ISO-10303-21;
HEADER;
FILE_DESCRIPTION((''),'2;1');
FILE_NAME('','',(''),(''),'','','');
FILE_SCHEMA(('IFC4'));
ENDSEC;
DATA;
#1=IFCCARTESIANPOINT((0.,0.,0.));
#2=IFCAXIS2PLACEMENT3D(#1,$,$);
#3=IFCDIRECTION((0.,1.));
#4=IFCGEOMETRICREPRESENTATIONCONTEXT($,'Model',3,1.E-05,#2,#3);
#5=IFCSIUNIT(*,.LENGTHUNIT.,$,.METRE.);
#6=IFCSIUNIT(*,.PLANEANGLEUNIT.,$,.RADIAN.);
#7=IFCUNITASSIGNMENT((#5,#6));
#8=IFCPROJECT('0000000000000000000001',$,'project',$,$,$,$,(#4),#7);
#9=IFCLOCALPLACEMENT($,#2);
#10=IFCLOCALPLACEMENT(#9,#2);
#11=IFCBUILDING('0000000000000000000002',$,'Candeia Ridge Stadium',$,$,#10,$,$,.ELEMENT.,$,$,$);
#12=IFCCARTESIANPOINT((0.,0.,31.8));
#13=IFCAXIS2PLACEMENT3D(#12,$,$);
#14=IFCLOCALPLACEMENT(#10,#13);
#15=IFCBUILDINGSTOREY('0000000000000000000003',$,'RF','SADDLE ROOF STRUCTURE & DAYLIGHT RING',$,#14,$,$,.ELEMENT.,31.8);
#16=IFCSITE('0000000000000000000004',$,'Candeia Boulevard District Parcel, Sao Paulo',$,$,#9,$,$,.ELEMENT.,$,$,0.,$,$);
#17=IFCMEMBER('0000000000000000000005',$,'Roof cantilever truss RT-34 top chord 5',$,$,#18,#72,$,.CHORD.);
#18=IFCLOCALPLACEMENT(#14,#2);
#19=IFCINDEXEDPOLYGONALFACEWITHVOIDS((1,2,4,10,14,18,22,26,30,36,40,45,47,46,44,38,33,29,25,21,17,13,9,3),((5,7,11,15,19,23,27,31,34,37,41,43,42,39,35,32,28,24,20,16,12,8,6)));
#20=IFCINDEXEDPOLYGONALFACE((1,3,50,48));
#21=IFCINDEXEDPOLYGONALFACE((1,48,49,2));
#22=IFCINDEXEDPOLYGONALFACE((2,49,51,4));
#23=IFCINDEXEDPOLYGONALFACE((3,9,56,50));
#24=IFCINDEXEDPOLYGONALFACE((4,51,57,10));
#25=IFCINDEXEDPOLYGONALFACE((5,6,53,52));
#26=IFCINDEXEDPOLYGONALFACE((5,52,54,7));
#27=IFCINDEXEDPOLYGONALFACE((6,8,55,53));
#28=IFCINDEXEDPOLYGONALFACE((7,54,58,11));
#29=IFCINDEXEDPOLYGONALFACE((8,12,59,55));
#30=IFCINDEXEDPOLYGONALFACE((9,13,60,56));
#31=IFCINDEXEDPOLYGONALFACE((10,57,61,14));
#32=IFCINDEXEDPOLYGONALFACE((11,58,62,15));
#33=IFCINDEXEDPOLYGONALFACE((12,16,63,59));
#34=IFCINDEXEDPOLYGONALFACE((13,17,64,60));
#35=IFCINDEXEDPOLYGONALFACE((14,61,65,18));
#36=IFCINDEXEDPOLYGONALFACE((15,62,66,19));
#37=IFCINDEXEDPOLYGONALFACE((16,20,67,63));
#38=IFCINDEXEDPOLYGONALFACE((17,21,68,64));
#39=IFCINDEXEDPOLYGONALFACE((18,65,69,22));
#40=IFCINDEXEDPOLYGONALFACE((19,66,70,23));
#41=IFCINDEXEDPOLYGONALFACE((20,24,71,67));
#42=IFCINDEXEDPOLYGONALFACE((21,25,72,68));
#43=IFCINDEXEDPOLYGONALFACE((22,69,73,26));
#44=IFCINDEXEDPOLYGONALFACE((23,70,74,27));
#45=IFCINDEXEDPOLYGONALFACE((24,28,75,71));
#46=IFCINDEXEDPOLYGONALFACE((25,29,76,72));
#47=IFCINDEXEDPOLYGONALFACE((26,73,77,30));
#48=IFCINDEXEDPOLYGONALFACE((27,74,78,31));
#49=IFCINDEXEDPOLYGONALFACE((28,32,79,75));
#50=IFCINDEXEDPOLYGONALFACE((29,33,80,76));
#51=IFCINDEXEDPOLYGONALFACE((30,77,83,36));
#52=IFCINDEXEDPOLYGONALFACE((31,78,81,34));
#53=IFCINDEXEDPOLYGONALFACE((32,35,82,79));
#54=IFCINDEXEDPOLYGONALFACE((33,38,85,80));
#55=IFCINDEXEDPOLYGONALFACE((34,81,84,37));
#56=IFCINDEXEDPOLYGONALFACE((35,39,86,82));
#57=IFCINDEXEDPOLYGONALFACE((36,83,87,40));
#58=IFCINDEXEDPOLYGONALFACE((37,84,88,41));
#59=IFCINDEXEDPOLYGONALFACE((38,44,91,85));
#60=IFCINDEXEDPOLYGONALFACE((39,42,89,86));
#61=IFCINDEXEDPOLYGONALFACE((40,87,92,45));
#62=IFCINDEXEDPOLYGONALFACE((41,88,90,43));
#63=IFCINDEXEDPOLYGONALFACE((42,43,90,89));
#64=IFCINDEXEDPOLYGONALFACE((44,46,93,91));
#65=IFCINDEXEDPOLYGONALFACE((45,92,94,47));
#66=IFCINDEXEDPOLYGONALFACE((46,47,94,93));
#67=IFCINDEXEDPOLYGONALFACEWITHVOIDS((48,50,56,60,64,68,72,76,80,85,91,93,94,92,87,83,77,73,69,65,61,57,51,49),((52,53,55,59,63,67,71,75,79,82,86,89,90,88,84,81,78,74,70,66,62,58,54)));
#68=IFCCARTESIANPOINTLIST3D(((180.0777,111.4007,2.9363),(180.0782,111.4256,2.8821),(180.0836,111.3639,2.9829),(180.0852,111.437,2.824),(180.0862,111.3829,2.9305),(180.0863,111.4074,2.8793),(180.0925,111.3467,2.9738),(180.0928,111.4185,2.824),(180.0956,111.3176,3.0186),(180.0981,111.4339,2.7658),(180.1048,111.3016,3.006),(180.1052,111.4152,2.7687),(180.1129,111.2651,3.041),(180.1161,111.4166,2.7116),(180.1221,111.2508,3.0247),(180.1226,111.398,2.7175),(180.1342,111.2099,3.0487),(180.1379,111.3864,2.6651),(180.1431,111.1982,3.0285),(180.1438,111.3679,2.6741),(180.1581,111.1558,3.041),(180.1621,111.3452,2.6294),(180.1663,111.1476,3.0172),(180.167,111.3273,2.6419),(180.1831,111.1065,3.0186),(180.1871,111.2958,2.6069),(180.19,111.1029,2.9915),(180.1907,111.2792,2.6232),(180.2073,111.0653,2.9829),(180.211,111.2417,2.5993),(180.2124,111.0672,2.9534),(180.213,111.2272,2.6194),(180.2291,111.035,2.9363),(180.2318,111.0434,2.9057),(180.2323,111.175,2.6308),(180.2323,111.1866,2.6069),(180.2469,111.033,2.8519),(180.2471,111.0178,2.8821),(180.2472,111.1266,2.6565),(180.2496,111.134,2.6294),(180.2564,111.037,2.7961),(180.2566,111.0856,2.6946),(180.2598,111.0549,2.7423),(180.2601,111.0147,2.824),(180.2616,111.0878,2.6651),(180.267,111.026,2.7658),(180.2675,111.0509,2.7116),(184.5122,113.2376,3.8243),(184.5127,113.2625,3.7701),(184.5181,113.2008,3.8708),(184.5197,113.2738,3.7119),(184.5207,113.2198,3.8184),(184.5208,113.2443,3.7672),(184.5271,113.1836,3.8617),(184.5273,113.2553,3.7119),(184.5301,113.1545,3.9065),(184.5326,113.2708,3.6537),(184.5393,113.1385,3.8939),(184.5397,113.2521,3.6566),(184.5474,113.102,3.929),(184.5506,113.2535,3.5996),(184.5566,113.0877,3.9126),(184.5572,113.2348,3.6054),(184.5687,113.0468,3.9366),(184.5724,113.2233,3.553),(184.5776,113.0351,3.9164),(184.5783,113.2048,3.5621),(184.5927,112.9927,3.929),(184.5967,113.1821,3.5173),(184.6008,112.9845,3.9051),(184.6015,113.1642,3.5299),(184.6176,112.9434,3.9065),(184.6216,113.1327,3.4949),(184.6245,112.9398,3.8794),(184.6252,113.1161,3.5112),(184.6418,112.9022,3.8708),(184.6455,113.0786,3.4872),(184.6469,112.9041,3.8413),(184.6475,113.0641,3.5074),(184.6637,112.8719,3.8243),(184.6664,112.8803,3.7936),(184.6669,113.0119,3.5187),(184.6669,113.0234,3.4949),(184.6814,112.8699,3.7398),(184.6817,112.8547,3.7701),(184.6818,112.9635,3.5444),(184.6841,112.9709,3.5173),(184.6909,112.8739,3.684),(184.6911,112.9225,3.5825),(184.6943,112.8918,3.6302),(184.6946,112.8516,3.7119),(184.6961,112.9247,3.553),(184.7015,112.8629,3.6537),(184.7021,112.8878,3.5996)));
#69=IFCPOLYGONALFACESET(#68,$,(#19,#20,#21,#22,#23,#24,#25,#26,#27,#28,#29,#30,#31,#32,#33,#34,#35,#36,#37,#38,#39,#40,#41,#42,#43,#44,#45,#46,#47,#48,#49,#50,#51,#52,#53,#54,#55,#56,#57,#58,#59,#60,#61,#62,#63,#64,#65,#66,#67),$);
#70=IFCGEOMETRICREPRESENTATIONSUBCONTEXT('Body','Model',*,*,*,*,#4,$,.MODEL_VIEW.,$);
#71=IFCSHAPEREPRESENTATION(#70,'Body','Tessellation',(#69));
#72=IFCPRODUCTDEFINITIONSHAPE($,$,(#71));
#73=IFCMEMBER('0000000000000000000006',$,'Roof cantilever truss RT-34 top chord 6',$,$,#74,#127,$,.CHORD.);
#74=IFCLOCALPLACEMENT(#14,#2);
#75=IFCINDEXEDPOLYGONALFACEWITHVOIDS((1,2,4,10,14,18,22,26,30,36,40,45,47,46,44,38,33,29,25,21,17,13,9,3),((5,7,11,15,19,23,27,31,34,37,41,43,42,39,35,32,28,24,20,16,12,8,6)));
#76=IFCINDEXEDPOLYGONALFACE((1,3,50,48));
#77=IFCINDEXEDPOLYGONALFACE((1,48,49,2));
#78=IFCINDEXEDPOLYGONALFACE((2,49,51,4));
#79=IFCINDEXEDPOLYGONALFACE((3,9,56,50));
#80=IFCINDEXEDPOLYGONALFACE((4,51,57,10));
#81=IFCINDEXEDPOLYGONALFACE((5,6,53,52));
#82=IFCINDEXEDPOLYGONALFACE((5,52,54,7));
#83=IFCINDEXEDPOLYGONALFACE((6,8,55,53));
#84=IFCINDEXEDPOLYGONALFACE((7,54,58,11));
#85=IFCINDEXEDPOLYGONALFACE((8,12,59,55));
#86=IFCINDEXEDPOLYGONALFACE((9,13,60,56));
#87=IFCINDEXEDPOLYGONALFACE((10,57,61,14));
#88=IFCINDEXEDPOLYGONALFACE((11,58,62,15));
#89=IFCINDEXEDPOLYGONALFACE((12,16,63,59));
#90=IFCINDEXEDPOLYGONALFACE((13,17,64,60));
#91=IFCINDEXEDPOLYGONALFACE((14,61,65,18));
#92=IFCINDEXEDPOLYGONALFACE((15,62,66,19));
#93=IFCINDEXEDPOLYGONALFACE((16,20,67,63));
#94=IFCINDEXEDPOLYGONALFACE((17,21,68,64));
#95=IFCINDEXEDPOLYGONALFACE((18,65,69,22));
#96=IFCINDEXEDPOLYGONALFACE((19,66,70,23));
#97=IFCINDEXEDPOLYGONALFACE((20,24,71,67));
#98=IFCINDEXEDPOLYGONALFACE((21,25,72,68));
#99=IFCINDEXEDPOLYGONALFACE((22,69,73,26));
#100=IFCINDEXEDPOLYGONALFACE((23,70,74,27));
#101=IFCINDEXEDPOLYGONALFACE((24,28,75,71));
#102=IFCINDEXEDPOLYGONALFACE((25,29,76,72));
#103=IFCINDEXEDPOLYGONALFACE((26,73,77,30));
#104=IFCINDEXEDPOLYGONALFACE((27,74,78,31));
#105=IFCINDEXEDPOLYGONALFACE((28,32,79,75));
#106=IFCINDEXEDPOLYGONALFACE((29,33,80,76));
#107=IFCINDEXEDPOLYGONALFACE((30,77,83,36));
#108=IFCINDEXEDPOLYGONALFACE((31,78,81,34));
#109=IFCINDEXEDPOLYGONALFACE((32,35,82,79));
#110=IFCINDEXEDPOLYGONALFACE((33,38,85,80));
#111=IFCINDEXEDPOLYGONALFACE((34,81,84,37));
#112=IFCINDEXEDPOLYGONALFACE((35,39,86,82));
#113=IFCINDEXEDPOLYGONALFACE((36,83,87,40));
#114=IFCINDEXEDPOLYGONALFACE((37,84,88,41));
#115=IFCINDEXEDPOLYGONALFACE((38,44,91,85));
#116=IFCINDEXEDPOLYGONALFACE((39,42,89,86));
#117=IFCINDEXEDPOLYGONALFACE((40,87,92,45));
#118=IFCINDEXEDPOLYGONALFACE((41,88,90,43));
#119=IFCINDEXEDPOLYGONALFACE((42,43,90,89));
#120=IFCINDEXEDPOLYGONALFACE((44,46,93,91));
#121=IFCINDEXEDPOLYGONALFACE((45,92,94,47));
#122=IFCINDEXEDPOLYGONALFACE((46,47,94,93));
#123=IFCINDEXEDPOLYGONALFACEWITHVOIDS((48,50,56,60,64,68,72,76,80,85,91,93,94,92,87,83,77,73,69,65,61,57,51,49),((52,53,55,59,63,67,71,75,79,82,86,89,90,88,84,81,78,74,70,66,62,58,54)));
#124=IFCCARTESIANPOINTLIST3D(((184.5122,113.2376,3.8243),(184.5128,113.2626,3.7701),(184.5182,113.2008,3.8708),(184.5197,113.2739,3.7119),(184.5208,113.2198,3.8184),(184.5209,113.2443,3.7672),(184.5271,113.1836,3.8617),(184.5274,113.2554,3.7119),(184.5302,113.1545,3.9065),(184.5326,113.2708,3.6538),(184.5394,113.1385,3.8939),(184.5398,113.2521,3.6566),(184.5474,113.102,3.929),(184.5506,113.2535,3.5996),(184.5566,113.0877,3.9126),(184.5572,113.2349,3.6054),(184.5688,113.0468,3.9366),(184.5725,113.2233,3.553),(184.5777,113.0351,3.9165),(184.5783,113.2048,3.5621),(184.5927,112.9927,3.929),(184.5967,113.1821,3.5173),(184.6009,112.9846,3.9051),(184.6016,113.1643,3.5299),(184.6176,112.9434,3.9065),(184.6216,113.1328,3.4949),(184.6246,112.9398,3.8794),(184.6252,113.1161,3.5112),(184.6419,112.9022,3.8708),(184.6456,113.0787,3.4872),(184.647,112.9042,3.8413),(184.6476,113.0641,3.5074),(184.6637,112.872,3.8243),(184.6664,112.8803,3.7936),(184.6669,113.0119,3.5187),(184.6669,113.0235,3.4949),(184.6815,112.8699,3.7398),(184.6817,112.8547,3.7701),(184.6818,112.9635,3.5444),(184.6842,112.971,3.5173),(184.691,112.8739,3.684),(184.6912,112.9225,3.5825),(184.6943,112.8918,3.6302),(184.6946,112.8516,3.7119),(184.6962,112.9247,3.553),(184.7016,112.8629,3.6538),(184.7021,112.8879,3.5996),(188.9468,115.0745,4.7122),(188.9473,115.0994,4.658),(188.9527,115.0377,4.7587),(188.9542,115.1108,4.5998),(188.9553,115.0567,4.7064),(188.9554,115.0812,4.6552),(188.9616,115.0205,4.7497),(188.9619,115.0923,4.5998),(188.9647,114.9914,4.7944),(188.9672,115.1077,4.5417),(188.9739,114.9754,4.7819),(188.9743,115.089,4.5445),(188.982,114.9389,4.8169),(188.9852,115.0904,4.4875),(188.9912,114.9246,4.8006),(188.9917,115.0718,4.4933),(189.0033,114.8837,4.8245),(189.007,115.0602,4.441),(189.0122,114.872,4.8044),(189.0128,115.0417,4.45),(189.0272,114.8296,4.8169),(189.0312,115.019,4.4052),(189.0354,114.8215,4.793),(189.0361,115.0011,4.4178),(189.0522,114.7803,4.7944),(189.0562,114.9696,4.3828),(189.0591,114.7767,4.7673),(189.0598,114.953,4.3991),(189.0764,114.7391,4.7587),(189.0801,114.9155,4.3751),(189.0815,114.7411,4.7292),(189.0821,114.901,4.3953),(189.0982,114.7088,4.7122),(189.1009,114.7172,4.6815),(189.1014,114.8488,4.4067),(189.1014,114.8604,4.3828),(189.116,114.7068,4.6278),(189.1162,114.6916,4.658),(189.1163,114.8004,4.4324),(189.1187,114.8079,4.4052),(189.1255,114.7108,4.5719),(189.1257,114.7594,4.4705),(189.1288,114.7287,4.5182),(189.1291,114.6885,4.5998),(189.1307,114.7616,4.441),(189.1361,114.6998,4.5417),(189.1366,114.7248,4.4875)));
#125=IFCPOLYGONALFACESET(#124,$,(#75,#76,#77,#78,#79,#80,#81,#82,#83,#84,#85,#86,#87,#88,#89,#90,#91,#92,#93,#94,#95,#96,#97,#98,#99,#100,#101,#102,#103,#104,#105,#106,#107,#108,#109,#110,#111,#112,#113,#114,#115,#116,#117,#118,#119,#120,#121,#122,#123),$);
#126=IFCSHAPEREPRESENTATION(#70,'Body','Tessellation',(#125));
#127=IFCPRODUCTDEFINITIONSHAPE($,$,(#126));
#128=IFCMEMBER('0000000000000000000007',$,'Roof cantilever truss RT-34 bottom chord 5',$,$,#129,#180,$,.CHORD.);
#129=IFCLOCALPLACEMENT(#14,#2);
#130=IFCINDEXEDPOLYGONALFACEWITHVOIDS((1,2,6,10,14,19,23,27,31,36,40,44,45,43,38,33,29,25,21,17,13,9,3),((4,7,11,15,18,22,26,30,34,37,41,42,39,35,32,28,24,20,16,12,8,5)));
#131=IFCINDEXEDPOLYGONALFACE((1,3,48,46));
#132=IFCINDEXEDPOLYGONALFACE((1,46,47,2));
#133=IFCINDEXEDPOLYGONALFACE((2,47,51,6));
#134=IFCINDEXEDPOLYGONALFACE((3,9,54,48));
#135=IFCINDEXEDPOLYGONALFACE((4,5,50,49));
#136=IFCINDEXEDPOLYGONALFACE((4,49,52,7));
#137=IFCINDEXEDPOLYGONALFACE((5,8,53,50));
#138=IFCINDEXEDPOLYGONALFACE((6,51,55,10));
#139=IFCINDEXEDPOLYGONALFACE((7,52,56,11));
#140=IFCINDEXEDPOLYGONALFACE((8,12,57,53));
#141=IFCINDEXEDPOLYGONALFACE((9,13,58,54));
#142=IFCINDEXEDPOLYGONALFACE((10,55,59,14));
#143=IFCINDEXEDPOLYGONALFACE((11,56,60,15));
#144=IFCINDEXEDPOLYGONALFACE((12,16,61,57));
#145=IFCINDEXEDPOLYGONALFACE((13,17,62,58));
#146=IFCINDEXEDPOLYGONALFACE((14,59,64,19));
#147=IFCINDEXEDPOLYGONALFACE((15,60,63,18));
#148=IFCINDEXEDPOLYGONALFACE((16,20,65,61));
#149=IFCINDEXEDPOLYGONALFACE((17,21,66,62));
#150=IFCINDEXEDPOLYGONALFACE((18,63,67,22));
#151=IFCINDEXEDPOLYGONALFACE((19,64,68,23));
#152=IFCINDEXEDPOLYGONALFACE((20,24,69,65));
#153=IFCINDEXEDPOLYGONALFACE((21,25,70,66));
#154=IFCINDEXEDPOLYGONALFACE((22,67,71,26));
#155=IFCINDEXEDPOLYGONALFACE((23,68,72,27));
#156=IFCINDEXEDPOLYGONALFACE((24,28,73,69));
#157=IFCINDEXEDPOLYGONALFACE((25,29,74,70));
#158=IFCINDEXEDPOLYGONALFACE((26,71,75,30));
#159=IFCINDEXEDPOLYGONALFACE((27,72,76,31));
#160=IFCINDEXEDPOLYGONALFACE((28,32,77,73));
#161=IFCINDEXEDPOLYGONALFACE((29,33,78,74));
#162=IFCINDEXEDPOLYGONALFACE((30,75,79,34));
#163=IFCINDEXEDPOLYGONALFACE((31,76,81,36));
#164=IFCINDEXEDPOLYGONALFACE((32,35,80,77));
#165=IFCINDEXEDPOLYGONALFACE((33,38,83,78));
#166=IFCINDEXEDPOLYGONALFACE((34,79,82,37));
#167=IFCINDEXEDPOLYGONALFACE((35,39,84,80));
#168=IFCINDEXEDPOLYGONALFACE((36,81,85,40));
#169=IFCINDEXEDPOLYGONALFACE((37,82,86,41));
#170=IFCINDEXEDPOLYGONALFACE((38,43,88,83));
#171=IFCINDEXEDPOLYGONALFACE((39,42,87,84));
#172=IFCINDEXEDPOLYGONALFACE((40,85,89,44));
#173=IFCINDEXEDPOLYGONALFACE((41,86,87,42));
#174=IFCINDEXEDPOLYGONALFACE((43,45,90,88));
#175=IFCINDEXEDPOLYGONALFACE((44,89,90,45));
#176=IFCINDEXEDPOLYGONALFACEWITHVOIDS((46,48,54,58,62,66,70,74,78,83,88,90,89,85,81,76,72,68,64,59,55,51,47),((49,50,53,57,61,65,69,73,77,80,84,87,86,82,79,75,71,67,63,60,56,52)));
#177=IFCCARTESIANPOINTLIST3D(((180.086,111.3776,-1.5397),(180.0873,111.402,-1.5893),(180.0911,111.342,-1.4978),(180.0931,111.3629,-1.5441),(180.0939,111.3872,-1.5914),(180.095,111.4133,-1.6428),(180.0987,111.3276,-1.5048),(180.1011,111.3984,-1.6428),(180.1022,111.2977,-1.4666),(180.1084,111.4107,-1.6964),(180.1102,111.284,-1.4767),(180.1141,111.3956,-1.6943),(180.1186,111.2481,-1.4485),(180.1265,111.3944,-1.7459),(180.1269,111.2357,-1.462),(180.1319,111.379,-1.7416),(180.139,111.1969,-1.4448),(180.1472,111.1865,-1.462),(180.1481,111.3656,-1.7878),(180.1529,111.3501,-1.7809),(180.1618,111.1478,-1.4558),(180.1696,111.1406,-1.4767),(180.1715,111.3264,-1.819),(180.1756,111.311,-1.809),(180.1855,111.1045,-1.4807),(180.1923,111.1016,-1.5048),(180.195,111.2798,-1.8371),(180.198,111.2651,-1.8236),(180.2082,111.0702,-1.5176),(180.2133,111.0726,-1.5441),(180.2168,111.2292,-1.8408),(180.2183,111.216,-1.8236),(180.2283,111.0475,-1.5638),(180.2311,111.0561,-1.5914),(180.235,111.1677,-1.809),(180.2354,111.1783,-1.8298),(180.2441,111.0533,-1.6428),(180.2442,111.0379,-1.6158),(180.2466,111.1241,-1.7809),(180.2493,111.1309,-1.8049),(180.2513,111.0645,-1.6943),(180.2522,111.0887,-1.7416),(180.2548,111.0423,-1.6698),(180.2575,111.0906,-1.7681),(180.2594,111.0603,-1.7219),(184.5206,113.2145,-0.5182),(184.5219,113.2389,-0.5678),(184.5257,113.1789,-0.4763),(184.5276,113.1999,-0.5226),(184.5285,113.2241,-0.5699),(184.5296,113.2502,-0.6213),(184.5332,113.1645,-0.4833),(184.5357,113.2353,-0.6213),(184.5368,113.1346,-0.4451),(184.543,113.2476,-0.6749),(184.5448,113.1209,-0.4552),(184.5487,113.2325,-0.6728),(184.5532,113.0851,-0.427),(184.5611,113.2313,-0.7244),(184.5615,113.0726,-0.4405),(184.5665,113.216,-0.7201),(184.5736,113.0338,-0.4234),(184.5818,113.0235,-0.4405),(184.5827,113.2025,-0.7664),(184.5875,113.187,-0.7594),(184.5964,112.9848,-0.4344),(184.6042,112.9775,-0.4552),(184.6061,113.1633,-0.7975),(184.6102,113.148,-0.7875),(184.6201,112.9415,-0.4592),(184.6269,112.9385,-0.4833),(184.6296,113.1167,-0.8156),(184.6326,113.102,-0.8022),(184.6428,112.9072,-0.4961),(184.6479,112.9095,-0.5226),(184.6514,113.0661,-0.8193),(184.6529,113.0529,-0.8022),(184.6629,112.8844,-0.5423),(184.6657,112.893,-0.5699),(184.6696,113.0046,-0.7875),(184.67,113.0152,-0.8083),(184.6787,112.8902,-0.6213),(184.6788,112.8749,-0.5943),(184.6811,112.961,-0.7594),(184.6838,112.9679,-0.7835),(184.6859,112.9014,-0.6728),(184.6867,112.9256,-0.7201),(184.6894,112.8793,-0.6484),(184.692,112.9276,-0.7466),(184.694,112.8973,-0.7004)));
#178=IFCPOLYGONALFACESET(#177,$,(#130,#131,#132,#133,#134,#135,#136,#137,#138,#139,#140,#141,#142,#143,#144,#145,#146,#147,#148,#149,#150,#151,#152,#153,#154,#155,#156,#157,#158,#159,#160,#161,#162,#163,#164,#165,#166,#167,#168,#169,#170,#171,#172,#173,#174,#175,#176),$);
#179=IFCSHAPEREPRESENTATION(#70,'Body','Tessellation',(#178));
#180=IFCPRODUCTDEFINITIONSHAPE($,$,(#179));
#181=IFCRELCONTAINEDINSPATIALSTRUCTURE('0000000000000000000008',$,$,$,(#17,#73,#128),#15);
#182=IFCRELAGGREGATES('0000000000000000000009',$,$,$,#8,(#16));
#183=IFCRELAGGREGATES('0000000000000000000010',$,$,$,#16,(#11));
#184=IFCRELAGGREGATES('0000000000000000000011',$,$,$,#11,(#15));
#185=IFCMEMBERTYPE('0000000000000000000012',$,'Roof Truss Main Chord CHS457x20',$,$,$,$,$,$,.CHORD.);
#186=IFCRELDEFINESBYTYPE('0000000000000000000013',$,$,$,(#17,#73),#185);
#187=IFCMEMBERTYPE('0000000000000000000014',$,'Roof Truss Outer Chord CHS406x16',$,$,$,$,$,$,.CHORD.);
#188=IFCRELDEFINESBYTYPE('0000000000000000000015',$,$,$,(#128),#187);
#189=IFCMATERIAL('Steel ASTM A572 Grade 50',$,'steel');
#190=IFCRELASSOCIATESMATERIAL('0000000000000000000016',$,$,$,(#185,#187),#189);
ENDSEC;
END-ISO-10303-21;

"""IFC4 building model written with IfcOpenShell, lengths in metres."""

from ifc_helpers import new_model, si_unit, direction, frame, origin, origin_2d, place, context, subcontext, project, spatial, hollow_circle, extrude, material, material_profile, profile_set, type_object, element, save


model = new_model("IFC4")

# Units and contexts
model_context = context("Model", 3, precision=1e-05, world=origin(), true_north=direction((0.0, 1.0)))
body_context = subcontext(model_context, "Body", "Model", "MODEL_VIEW")
ifc_project = project(units=[si_unit("LENGTHUNIT", "METRE"), si_unit("PLANEANGLEUNIT", "RADIAN")], contexts=[model_context])

# Site, building, storey
site_placement = place(None, origin())
site = spatial("IfcSite", under=ifc_project, at=site_placement, Name="Candeia Boulevard District Parcel, Sao Paulo", CompositionType="ELEMENT", RefElevation=0.0)
building_placement = place(site_placement, origin())
building = spatial("IfcBuilding", under=site, at=building_placement, Name="Candeia Ridge Stadium", CompositionType="ELEMENT")
storey_placement = place(building_placement, frame((0.0, 0.0, 31.8)))
storey = spatial("IfcBuildingStorey", under=building, at=storey_placement, Name="RF", Description="SADDLE ROOF STRUCTURE & DAYLIGHT RING", CompositionType="ELEMENT", Elevation=31.8)

# Shared definitions
ifc_material = material(Name="Steel ASTM A572 Grade 50", Category="steel")

# Members
ifc_material_profile_1 = material_profile(ifc_material, hollow_circle(Radius=0.2285, WallThickness=0.02, at=origin_2d()), Name="CHS457x20", Category="steel")
ifc_profile_set_1 = profile_set([ifc_material_profile_1], Name="Steel ASTM A572 Grade 50")
member_type_1 = type_object("IfcMemberType", Name="Roof Truss Main Chord CHS457x20", PredefinedType="CHORD", material=ifc_profile_set_1)
for number, where, z_axis, x_axis, name in (
    (1, (180.1726, 111.2258, 2.824), (0.908462, 0.376309, 0.181902), (-0.382693, 0.923875, 0.0), "Roof cantilever truss RT-34 top chord 5"),
    (2, (184.6072, 113.0627, 3.7119), (0.908462, 0.376309, 0.181902), (-0.382693, 0.923875, 0.0), "Roof cantilever truss RT-34 top chord 6"),
):
    element("IfcMember", number, at=place(storey_placement, frame(where, z_axis=z_axis, x_axis=x_axis)), inside=storey, type_object=member_type_1, Name=name, PredefinedType="CHORD", context=body_context, shape_type="SweptSolid", body=[
        extrude(hollow_circle(Radius=0.2285, WallThickness=0.02, at=origin_2d()), origin(), (0.0, 0.0, 1.0), 4.8813),
    ])
ifc_material_profile_2 = material_profile(ifc_material, hollow_circle(Radius=0.2029, WallThickness=0.0161, at=origin_2d()), Name="CHS406x16", Category="steel")
ifc_profile_set_2 = profile_set([ifc_material_profile_2], Name="Steel ASTM A572 Grade 50")
member_type_2 = type_object("IfcMemberType", Name="Roof Truss Outer Chord CHS406x16", PredefinedType="CHORD", material=ifc_profile_set_2)
for number, where, z_axis, x_axis, name in (
    (3, (180.1726, 111.2258, -1.6428), (0.90364, 0.374311, 0.20815), (-0.382693, 0.923875, 0.0), "Roof cantilever truss RT-34 bottom chord 5"),
):
    element("IfcMember", number, at=place(storey_placement, frame(where, z_axis=z_axis, x_axis=x_axis)), inside=storey, type_object=member_type_2, Name=name, PredefinedType="CHORD", context=body_context, shape_type="SweptSolid", body=[
        extrude(hollow_circle(Radius=0.2029, WallThickness=0.0161, at=origin_2d()), origin(), (0.0, 0.0, 1.0), 4.9075),
    ])

save(model, "model.ifc")
